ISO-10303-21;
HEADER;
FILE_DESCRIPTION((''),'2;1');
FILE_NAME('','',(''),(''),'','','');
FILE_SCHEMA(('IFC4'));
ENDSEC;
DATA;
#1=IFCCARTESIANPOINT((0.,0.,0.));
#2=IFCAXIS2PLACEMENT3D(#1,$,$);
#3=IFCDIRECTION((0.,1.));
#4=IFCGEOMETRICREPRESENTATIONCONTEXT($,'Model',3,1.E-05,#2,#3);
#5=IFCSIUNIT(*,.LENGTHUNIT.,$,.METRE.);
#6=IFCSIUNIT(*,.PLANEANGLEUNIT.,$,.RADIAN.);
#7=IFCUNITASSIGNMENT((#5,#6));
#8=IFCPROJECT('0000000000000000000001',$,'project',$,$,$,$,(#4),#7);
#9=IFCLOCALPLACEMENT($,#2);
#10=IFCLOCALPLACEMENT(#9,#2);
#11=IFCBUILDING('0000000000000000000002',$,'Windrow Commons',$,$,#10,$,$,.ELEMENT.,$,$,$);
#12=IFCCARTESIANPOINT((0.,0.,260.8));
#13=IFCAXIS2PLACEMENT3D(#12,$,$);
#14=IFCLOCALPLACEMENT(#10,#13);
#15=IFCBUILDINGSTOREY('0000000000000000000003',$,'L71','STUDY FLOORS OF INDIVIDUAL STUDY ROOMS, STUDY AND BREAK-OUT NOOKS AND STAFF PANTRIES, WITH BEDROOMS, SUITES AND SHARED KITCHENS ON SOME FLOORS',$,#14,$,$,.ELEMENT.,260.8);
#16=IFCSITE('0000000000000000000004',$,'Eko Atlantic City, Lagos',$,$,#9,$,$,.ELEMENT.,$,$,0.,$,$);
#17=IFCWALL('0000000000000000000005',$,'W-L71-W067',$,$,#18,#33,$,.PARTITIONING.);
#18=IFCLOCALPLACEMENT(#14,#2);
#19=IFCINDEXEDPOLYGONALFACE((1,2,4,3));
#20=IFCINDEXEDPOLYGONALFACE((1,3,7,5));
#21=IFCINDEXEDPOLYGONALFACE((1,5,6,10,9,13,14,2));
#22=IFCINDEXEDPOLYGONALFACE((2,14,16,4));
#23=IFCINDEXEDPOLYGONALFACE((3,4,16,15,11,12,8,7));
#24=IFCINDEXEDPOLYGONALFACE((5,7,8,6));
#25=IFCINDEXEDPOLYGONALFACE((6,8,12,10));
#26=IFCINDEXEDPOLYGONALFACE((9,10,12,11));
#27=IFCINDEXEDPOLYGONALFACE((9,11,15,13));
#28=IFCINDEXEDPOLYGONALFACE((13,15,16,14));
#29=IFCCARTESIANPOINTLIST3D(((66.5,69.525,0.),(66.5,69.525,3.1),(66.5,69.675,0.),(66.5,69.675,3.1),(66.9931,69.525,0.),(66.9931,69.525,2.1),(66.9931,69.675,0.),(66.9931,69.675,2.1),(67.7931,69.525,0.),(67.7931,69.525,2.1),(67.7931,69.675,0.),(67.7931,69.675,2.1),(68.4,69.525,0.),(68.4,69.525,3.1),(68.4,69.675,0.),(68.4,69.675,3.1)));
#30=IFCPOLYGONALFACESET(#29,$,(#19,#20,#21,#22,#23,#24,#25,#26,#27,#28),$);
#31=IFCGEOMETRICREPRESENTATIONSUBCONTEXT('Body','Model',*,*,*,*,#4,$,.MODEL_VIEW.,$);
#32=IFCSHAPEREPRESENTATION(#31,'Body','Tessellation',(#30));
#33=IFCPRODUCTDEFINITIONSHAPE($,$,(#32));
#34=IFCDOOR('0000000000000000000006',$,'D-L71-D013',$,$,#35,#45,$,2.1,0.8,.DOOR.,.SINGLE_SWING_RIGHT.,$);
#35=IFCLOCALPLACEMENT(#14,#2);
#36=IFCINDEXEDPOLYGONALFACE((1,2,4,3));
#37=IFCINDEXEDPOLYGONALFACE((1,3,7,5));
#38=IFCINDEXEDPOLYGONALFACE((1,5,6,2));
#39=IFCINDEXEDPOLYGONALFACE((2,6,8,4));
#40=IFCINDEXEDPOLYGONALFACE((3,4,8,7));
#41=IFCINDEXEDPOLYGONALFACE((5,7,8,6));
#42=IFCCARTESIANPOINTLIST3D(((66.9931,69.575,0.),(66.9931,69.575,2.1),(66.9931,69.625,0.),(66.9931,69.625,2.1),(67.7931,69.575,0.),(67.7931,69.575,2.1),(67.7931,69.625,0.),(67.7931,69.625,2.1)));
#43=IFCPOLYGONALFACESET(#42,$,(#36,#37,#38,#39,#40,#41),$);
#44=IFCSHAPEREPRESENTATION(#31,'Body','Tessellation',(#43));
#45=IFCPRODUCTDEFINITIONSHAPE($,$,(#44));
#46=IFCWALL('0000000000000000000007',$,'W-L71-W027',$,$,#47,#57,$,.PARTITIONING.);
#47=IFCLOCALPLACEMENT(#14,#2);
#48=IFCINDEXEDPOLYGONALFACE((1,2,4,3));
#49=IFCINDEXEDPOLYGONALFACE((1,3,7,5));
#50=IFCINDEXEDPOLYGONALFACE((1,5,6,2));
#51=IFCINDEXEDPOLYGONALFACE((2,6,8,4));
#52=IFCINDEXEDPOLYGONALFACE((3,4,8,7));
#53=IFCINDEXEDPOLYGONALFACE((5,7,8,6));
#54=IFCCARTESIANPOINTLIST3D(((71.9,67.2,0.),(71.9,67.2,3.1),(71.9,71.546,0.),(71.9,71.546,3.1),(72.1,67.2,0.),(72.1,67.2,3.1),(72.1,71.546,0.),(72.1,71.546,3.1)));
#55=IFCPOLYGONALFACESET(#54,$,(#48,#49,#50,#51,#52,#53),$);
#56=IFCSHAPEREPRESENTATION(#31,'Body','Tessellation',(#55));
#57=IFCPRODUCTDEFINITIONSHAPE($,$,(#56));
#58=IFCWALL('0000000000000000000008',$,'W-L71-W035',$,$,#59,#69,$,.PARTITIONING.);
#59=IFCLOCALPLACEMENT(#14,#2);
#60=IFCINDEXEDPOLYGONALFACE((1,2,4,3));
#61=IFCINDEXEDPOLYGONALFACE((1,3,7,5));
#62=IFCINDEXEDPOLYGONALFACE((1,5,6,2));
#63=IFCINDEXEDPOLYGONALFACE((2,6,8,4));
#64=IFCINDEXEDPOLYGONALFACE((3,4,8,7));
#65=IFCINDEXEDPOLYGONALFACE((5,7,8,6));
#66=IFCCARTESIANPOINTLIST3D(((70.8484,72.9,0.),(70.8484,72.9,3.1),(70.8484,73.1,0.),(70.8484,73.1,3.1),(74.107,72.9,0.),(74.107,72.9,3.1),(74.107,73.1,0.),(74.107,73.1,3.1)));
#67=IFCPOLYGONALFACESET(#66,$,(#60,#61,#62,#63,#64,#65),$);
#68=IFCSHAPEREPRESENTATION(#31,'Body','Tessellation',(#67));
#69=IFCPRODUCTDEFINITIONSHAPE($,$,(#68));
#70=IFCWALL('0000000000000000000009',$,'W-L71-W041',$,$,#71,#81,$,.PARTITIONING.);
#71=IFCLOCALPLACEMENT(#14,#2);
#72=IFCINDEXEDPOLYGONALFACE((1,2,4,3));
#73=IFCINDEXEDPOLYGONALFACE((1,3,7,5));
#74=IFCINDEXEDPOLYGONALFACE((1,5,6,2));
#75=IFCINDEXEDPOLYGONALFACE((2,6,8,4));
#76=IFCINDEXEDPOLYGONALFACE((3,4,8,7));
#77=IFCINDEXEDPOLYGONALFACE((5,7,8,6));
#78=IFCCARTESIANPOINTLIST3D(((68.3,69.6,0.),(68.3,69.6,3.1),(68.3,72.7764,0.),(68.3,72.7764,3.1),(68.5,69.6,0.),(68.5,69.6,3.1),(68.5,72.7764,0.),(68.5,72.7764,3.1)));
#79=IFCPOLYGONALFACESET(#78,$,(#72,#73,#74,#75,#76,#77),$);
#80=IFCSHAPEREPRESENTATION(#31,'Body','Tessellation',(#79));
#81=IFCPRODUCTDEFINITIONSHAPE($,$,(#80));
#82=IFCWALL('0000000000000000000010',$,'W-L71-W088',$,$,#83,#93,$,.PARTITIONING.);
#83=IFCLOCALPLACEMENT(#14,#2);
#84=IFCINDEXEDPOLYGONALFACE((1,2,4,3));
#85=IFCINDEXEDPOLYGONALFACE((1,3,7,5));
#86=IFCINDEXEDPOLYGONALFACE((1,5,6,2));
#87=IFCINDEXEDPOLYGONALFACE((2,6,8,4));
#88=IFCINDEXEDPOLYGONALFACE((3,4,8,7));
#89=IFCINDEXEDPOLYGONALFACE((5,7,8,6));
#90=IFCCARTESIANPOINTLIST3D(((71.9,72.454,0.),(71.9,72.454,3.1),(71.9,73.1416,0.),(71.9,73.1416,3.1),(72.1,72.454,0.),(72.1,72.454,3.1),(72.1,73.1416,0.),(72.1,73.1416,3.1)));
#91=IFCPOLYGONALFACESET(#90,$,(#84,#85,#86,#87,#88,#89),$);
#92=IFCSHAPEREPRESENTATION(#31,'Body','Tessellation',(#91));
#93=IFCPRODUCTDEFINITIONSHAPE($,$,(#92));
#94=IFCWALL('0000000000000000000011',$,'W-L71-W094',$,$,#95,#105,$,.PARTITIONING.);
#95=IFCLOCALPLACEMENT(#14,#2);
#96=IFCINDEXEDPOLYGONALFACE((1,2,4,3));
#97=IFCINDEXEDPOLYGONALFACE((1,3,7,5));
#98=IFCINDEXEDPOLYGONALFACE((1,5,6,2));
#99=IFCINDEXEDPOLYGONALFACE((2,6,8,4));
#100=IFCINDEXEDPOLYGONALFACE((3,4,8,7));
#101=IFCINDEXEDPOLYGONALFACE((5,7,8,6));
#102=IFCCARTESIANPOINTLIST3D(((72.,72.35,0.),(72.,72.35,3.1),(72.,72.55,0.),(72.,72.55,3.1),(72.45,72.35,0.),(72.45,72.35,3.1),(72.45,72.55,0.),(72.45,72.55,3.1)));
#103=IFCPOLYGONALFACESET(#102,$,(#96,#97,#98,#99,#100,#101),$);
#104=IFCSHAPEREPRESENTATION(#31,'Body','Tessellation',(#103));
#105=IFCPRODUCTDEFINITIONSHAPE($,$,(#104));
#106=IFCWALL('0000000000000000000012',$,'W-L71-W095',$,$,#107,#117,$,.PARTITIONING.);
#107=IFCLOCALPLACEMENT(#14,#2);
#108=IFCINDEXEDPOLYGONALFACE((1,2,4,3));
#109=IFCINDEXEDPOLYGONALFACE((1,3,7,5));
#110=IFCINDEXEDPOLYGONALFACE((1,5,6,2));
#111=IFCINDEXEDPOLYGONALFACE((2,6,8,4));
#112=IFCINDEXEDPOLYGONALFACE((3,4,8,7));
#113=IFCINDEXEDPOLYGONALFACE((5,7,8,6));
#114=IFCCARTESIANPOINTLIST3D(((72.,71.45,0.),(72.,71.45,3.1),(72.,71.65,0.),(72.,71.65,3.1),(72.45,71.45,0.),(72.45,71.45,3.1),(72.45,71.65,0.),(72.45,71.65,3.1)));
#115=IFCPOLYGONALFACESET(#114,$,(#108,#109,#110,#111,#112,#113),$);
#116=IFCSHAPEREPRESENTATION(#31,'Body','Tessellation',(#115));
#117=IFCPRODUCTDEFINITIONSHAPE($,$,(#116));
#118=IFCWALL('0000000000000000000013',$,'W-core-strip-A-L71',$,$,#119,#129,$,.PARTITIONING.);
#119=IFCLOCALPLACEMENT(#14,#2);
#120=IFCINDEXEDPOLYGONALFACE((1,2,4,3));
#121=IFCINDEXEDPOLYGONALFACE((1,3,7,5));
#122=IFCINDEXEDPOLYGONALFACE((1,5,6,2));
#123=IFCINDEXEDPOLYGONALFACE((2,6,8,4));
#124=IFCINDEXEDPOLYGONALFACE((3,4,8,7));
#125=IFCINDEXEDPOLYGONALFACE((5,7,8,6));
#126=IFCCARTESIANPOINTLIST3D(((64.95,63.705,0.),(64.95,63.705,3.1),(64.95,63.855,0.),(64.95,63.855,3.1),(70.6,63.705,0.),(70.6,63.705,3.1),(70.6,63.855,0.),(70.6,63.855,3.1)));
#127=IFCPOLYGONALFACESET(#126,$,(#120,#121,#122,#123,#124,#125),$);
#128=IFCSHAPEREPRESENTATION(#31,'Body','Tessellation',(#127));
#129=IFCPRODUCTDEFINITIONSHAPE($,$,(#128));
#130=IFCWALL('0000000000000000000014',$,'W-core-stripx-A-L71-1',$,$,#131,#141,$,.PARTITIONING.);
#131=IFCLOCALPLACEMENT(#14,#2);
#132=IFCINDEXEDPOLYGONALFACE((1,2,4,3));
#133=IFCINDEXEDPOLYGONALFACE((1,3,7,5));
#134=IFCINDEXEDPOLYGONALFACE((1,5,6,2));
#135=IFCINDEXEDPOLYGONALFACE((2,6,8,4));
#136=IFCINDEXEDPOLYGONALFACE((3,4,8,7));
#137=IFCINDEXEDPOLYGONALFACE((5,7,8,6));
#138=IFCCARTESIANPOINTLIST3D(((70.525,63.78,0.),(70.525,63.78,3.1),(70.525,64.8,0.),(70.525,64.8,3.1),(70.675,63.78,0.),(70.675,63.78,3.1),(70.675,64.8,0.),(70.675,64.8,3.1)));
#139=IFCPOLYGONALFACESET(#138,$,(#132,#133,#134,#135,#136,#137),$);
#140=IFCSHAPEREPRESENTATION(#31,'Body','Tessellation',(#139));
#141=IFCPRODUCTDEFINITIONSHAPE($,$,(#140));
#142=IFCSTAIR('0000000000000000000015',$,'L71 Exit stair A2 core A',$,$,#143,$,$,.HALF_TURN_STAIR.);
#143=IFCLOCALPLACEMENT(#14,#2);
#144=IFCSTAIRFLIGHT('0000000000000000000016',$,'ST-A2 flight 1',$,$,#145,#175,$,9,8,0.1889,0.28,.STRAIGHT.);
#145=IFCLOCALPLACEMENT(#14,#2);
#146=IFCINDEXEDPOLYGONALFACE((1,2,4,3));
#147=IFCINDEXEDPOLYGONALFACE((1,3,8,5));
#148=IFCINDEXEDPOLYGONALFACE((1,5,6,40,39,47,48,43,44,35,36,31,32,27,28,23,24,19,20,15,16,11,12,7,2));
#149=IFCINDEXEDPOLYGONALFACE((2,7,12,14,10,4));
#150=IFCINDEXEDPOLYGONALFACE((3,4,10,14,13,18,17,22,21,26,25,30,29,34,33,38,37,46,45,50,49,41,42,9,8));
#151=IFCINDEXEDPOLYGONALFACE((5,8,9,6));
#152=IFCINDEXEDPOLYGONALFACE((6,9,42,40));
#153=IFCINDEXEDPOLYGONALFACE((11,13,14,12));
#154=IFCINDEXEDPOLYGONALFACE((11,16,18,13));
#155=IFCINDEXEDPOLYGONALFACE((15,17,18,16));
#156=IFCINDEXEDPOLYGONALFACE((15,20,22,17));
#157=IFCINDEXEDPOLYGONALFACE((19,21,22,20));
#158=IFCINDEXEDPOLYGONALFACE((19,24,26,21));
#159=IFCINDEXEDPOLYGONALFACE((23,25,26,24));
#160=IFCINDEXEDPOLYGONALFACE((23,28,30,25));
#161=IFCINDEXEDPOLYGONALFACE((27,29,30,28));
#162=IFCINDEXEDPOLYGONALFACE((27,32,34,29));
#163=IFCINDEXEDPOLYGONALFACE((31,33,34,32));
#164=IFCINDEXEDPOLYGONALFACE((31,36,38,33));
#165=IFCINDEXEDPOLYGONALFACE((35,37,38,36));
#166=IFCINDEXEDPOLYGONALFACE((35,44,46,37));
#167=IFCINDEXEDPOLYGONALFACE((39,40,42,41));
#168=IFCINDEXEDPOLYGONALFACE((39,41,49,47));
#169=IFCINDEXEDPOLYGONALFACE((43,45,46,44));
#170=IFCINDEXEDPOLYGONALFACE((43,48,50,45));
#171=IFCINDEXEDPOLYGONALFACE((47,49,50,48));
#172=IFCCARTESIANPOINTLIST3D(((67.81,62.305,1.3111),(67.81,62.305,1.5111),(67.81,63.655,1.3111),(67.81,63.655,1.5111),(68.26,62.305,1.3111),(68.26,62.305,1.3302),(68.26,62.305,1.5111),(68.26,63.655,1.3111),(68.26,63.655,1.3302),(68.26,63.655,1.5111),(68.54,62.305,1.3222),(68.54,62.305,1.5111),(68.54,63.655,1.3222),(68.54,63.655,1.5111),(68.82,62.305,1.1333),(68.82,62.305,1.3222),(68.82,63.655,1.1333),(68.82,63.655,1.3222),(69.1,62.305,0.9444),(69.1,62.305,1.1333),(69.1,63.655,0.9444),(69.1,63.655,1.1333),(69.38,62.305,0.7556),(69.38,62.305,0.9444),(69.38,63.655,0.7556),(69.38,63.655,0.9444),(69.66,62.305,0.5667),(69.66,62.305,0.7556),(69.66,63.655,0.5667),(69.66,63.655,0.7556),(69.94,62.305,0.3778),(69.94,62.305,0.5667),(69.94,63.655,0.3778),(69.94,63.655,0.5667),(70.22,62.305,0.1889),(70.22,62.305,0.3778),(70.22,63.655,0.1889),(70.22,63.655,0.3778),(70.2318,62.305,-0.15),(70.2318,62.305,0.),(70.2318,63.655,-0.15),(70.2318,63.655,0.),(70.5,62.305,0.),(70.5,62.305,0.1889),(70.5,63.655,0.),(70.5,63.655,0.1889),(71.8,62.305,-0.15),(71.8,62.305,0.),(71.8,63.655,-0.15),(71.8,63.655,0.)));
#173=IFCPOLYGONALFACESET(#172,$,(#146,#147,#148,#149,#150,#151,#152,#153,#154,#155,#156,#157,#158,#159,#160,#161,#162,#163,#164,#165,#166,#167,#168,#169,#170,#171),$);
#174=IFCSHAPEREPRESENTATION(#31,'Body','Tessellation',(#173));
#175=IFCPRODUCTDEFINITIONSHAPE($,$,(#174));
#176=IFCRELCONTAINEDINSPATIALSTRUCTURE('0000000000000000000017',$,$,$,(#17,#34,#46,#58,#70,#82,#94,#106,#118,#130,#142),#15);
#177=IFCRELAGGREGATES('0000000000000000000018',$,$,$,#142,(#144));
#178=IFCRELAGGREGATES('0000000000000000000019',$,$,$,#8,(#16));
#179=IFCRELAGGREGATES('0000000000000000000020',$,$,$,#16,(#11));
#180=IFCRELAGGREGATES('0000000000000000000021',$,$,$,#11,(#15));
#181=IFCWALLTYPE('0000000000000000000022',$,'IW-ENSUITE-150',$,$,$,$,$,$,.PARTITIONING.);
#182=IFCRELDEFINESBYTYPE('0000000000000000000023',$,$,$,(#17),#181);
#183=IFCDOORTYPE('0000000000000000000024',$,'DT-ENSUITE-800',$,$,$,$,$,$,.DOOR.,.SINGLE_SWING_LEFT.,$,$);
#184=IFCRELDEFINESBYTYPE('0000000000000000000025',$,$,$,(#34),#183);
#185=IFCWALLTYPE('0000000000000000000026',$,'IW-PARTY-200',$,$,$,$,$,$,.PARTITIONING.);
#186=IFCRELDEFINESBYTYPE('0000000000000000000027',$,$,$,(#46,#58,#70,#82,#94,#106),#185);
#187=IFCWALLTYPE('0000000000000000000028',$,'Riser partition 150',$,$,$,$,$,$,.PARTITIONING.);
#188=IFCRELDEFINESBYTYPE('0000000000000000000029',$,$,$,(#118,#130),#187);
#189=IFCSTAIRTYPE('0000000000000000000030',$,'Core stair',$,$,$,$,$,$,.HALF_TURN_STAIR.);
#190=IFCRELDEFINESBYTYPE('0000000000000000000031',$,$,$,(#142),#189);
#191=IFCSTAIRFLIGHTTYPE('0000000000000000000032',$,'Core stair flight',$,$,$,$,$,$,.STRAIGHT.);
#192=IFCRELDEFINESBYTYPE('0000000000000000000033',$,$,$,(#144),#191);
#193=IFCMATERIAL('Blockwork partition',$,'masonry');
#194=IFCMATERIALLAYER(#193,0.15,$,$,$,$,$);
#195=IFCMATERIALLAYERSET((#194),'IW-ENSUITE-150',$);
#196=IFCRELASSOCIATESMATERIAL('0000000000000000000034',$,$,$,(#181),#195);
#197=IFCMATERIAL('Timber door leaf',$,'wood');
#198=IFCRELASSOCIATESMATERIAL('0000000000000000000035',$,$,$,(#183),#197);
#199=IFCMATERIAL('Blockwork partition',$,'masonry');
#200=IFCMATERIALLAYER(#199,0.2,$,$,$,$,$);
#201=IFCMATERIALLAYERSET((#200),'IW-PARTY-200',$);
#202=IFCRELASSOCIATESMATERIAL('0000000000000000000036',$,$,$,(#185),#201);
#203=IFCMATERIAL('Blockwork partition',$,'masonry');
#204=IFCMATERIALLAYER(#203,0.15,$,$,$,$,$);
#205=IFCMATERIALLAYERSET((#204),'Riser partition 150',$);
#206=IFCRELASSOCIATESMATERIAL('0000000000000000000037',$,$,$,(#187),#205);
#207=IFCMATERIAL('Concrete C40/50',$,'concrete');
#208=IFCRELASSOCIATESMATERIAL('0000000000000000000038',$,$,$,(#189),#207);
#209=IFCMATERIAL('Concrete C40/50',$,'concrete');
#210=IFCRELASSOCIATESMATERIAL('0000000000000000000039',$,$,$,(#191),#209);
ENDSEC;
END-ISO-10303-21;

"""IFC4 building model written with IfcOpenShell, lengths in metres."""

from ifc_helpers import new_model, si_unit, direction, frame, frame_2d, origin, place, context, subcontext, project, spatial, polyline, rectangle, outline, extrude, material, layer, layer_set, type_object, element, fill, aggregate, save


model = new_model("IFC4")

# Units and contexts
model_context = context("Model", 3, precision=1e-05, world=origin(), true_north=direction((0.0, 1.0)))
body_context = subcontext(model_context, "Body", "Model", "MODEL_VIEW")
ifc_project = project(units=[si_unit("LENGTHUNIT", "METRE"), si_unit("PLANEANGLEUNIT", "RADIAN")], contexts=[model_context])

# Site, building, storey
site_placement = place(None, origin())
site = spatial("IfcSite", under=ifc_project, at=site_placement, Name="Eko Atlantic City, Lagos", CompositionType="ELEMENT", RefElevation=0.0)
building_placement = place(site_placement, origin())
building = spatial("IfcBuilding", under=site, at=building_placement, Name="Windrow Commons", CompositionType="ELEMENT")
storey_placement = place(building_placement, frame((0.0, 0.0, 260.8)))
storey = spatial("IfcBuildingStorey", under=building, at=storey_placement, Name="L71", Description="STUDY FLOORS OF INDIVIDUAL STUDY ROOMS, STUDY AND BREAK-OUT NOOKS AND STAFF PANTRIES, WITH BEDROOMS, SUITES AND SHARED KITCHENS ON SOME FLOORS", CompositionType="ELEMENT", Elevation=260.8)

# Shared definitions
ifc_material_1 = material(Name="Blockwork partition", Category="masonry")
ifc_layer_1 = layer(ifc_material_1, 0.15)
ifc_layer_set_1 = layer_set([ifc_layer_1], Name="IW-ENSUITE-150")
wall_type_1 = type_object("IfcWallType", Name="IW-ENSUITE-150", PredefinedType="PARTITIONING", material=ifc_layer_set_1)

# Wall, opening, door
wall_1_placement = place(storey_placement, frame((66.5, 69.6, 0.0), z_axis=(0.0, 0.0, 1.0), x_axis=(1.0, 0.0, 0.0)))
wall_1 = element("IfcWall", 1, at=wall_1_placement, inside=storey, type_object=wall_type_1, Name="W-L71-W067", PredefinedType="PARTITIONING", context=body_context, shape_type="SweptSolid", body=[
    extrude(rectangle(XDim=1.9, YDim=0.15, at=frame_2d((0.95, 0.0))), origin(), (0.0, 0.0, 1.0), 3.1),
])
opening_1_placement = place(wall_1_placement, frame((0.4931, 0.0, 0.0)))
opening_1 = element("IfcOpeningElement", 2, at=opening_1_placement, cuts=wall_1, PredefinedType="OPENING", context=body_context, shape_type="SweptSolid", body=[
    extrude(rectangle(XDim=0.8, YDim=2.1, at=frame_2d((0.4, 1.05))), frame((0.0, 0.085, 0.0), z_axis=(0.0, -1.0, 0.0), x_axis=(1.0, 0.0, 0.0)), (0.0, 0.0, 1.0), 0.17),
])
ifc_material_2 = material(Name="Timber door leaf", Category="wood")
door_type = type_object("IfcDoorType", Name="DT-ENSUITE-800", OperationType="SINGLE_SWING_LEFT", PredefinedType="DOOR", material=ifc_material_2)
door_placement = place(opening_1_placement, origin())
door = element("IfcDoor", 3, at=door_placement, inside=storey, type_object=door_type, Name="D-L71-D013", OperationType="SINGLE_SWING_RIGHT", OverallHeight=2.1, OverallWidth=0.8, PredefinedType="DOOR", context=body_context, shape_type="SweptSolid", body=[
    extrude(rectangle(XDim=0.8, YDim=2.1, at=frame_2d((0.4, 1.05))), frame((0.0, 0.025, 0.0), z_axis=(0.0, -1.0, 0.0), x_axis=(1.0, 0.0, 0.0)), (0.0, 0.0, 1.0), 0.05),
])
fill(opening_1, door)

# Walls
ifc_material_3 = material(Name="Blockwork partition", Category="masonry")
ifc_layer_2 = layer(ifc_material_3, 0.2)
ifc_layer_set_2 = layer_set([ifc_layer_2], Name="IW-PARTY-200")
wall_type_2 = type_object("IfcWallType", Name="IW-PARTY-200", PredefinedType="PARTITIONING", material=ifc_layer_set_2)
wall_2_placement = place(storey_placement, frame((72.0, 67.2, 0.0), z_axis=(0.0, 0.0, 1.0), x_axis=(0.0, 1.0, 0.0)))
element("IfcWall", 4, at=wall_2_placement, inside=storey, type_object=wall_type_2, Name="W-L71-W027", PredefinedType="PARTITIONING", context=body_context, shape_type="SweptSolid", body=[
    extrude(rectangle(XDim=4.346, YDim=0.2, at=frame_2d((2.173, 0.0))), origin(), (0.0, 0.0, 1.0), 3.1),
])
wall_3_placement = place(storey_placement, frame((70.8483, 73.0, 0.0), z_axis=(0.0, 0.0, 1.0), x_axis=(1.0, 0.0, 0.0)))
element("IfcWall", 5, at=wall_3_placement, inside=storey, type_object=wall_type_2, Name="W-L71-W035", PredefinedType="PARTITIONING", context=body_context, shape_type="SweptSolid", body=[
    extrude(rectangle(XDim=3.2587, YDim=0.2, at=frame_2d((1.6294, 0.0))), origin(), (0.0, 0.0, 1.0), 3.1),
])
wall_4_placement = place(storey_placement, frame((68.4, 69.6, 0.0), z_axis=(0.0, 0.0, 1.0), x_axis=(0.0, 1.0, 0.0)))
element("IfcWall", 6, at=wall_4_placement, inside=storey, type_object=wall_type_2, Name="W-L71-W041", PredefinedType="PARTITIONING", context=body_context, shape_type="SweptSolid", body=[
    extrude(rectangle(XDim=3.1764, YDim=0.2, at=frame_2d((1.5882, 0.0))), origin(), (0.0, 0.0, 1.0), 3.1),
])
wall_5_placement = place(storey_placement, frame((72.0, 72.454, 0.0), z_axis=(0.0, 0.0, 1.0), x_axis=(0.0, 1.0, 0.0)))
element("IfcWall", 7, at=wall_5_placement, inside=storey, type_object=wall_type_2, Name="W-L71-W088", PredefinedType="PARTITIONING", context=body_context, shape_type="SweptSolid", body=[
    extrude(rectangle(XDim=0.6876, YDim=0.2, at=frame_2d((0.3438, 0.0))), origin(), (0.0, 0.0, 1.0), 3.1),
])
for number, where, z_axis, x_axis, name in (
    (8, (72.0, 72.45, 0.0), (0.0, 0.0, 1.0), (1.0, 0.0, 0.0), "W-L71-W094"),
    (9, (72.0, 71.55, 0.0), (0.0, 0.0, 1.0), (1.0, 0.0, 0.0), "W-L71-W095"),
):
    element("IfcWall", number, at=place(storey_placement, frame(where, z_axis=z_axis, x_axis=x_axis)), inside=storey, type_object=wall_type_2, Name=name, PredefinedType="PARTITIONING", context=body_context, shape_type="SweptSolid", body=[
        extrude(rectangle(XDim=0.45, YDim=0.2, at=frame_2d((0.225, 0.0))), origin(), (0.0, 0.0, 1.0), 3.1),
    ])
ifc_material_4 = material(Name="Blockwork partition", Category="masonry")
ifc_layer_3 = layer(ifc_material_4, 0.15)
ifc_layer_set_3 = layer_set([ifc_layer_3], Name="Riser partition 150")
wall_type_3 = type_object("IfcWallType", Name="Riser partition 150", PredefinedType="PARTITIONING", material=ifc_layer_set_3)
wall_6_placement = place(storey_placement, frame((64.95, 63.78, 0.0), z_axis=(0.0, 0.0, 1.0), x_axis=(1.0, 0.0, 0.0)))
element("IfcWall", 10, at=wall_6_placement, inside=storey, type_object=wall_type_3, Name="W-core-strip-A-L71", PredefinedType="PARTITIONING", context=body_context, shape_type="SweptSolid", body=[
    extrude(rectangle(XDim=5.65, YDim=0.15, at=frame_2d((2.825, 0.0))), origin(), (0.0, 0.0, 1.0), 3.1),
])
wall_7_placement = place(storey_placement, frame((70.6, 63.78, 0.0), z_axis=(0.0, 0.0, 1.0), x_axis=(0.0, 1.0, 0.0)))
element("IfcWall", 11, at=wall_7_placement, inside=storey, type_object=wall_type_3, Name="W-core-stripx-A-L71-1", PredefinedType="PARTITIONING", context=body_context, shape_type="SweptSolid", body=[
    extrude(rectangle(XDim=1.02, YDim=0.15, at=frame_2d((0.51, 0.0))), origin(), (0.0, 0.0, 1.0), 3.1),
])

# Stair, stair flight
ifc_material_5 = material(Name="Concrete C40/50", Category="concrete")
stair_type = type_object("IfcStairType", Name="Core stair", PredefinedType="HALF_TURN_STAIR", material=ifc_material_5)
stair_placement = place(storey_placement, origin())
stair = element("IfcStair", 12, at=stair_placement, inside=storey, type_object=stair_type, Name="L71 Exit stair A2 core A", PredefinedType="HALF_TURN_STAIR")
ifc_material_6 = material(Name="Concrete C40/50", Category="concrete")
stair_flight_type = type_object("IfcStairFlightType", Name="Core stair flight", PredefinedType="STRAIGHT", material=ifc_material_6)
stair_flight_placement = place(storey_placement, frame((70.5, 62.98, 0.0), z_axis=(0.0, 0.0, 1.0), x_axis=(-1.0, 0.0, 0.0)))
stair_flight = element("IfcStairFlight", 13, at=stair_flight_placement, type_object=stair_flight_type, Name="ST-A2 flight 1", NumberOfRisers=9, NumberOfTreads=8, PredefinedType="STRAIGHT", RiserHeight=0.1889, TreadLength=0.28, context=body_context, shape_type="SweptSolid", body=[
    extrude(outline(polyline([(-1.3, -0.15), (-1.3, 0.0), (0.0, 0.0), (0.0, 0.1889), (0.28, 0.1889), (0.28, 0.3778), (0.56, 0.3778), (0.56, 0.5667), (0.84, 0.5667), (0.84, 0.7556), (1.12, 0.7556), (1.12, 0.9444), (1.4, 0.9444), (1.4, 1.1333), (1.68, 1.1333), (1.68, 1.3222), (1.96, 1.3222), (1.96, 1.5111), (2.24, 1.5111), (2.69, 1.5111), (2.69, 1.3111), (2.24, 1.3111), (2.24, 1.3302), (0.2682, 0.0), (0.2682, -0.15), (-1.3, -0.15)])), frame((0.0, 0.675, 0.0), z_axis=(0.0, -1.0, 0.0), x_axis=(1.0, 0.0, 0.0)), (0.0, 0.0, 1.0), 1.35),
])
aggregate(stair, [stair_flight])

save(model, "model.ifc")
